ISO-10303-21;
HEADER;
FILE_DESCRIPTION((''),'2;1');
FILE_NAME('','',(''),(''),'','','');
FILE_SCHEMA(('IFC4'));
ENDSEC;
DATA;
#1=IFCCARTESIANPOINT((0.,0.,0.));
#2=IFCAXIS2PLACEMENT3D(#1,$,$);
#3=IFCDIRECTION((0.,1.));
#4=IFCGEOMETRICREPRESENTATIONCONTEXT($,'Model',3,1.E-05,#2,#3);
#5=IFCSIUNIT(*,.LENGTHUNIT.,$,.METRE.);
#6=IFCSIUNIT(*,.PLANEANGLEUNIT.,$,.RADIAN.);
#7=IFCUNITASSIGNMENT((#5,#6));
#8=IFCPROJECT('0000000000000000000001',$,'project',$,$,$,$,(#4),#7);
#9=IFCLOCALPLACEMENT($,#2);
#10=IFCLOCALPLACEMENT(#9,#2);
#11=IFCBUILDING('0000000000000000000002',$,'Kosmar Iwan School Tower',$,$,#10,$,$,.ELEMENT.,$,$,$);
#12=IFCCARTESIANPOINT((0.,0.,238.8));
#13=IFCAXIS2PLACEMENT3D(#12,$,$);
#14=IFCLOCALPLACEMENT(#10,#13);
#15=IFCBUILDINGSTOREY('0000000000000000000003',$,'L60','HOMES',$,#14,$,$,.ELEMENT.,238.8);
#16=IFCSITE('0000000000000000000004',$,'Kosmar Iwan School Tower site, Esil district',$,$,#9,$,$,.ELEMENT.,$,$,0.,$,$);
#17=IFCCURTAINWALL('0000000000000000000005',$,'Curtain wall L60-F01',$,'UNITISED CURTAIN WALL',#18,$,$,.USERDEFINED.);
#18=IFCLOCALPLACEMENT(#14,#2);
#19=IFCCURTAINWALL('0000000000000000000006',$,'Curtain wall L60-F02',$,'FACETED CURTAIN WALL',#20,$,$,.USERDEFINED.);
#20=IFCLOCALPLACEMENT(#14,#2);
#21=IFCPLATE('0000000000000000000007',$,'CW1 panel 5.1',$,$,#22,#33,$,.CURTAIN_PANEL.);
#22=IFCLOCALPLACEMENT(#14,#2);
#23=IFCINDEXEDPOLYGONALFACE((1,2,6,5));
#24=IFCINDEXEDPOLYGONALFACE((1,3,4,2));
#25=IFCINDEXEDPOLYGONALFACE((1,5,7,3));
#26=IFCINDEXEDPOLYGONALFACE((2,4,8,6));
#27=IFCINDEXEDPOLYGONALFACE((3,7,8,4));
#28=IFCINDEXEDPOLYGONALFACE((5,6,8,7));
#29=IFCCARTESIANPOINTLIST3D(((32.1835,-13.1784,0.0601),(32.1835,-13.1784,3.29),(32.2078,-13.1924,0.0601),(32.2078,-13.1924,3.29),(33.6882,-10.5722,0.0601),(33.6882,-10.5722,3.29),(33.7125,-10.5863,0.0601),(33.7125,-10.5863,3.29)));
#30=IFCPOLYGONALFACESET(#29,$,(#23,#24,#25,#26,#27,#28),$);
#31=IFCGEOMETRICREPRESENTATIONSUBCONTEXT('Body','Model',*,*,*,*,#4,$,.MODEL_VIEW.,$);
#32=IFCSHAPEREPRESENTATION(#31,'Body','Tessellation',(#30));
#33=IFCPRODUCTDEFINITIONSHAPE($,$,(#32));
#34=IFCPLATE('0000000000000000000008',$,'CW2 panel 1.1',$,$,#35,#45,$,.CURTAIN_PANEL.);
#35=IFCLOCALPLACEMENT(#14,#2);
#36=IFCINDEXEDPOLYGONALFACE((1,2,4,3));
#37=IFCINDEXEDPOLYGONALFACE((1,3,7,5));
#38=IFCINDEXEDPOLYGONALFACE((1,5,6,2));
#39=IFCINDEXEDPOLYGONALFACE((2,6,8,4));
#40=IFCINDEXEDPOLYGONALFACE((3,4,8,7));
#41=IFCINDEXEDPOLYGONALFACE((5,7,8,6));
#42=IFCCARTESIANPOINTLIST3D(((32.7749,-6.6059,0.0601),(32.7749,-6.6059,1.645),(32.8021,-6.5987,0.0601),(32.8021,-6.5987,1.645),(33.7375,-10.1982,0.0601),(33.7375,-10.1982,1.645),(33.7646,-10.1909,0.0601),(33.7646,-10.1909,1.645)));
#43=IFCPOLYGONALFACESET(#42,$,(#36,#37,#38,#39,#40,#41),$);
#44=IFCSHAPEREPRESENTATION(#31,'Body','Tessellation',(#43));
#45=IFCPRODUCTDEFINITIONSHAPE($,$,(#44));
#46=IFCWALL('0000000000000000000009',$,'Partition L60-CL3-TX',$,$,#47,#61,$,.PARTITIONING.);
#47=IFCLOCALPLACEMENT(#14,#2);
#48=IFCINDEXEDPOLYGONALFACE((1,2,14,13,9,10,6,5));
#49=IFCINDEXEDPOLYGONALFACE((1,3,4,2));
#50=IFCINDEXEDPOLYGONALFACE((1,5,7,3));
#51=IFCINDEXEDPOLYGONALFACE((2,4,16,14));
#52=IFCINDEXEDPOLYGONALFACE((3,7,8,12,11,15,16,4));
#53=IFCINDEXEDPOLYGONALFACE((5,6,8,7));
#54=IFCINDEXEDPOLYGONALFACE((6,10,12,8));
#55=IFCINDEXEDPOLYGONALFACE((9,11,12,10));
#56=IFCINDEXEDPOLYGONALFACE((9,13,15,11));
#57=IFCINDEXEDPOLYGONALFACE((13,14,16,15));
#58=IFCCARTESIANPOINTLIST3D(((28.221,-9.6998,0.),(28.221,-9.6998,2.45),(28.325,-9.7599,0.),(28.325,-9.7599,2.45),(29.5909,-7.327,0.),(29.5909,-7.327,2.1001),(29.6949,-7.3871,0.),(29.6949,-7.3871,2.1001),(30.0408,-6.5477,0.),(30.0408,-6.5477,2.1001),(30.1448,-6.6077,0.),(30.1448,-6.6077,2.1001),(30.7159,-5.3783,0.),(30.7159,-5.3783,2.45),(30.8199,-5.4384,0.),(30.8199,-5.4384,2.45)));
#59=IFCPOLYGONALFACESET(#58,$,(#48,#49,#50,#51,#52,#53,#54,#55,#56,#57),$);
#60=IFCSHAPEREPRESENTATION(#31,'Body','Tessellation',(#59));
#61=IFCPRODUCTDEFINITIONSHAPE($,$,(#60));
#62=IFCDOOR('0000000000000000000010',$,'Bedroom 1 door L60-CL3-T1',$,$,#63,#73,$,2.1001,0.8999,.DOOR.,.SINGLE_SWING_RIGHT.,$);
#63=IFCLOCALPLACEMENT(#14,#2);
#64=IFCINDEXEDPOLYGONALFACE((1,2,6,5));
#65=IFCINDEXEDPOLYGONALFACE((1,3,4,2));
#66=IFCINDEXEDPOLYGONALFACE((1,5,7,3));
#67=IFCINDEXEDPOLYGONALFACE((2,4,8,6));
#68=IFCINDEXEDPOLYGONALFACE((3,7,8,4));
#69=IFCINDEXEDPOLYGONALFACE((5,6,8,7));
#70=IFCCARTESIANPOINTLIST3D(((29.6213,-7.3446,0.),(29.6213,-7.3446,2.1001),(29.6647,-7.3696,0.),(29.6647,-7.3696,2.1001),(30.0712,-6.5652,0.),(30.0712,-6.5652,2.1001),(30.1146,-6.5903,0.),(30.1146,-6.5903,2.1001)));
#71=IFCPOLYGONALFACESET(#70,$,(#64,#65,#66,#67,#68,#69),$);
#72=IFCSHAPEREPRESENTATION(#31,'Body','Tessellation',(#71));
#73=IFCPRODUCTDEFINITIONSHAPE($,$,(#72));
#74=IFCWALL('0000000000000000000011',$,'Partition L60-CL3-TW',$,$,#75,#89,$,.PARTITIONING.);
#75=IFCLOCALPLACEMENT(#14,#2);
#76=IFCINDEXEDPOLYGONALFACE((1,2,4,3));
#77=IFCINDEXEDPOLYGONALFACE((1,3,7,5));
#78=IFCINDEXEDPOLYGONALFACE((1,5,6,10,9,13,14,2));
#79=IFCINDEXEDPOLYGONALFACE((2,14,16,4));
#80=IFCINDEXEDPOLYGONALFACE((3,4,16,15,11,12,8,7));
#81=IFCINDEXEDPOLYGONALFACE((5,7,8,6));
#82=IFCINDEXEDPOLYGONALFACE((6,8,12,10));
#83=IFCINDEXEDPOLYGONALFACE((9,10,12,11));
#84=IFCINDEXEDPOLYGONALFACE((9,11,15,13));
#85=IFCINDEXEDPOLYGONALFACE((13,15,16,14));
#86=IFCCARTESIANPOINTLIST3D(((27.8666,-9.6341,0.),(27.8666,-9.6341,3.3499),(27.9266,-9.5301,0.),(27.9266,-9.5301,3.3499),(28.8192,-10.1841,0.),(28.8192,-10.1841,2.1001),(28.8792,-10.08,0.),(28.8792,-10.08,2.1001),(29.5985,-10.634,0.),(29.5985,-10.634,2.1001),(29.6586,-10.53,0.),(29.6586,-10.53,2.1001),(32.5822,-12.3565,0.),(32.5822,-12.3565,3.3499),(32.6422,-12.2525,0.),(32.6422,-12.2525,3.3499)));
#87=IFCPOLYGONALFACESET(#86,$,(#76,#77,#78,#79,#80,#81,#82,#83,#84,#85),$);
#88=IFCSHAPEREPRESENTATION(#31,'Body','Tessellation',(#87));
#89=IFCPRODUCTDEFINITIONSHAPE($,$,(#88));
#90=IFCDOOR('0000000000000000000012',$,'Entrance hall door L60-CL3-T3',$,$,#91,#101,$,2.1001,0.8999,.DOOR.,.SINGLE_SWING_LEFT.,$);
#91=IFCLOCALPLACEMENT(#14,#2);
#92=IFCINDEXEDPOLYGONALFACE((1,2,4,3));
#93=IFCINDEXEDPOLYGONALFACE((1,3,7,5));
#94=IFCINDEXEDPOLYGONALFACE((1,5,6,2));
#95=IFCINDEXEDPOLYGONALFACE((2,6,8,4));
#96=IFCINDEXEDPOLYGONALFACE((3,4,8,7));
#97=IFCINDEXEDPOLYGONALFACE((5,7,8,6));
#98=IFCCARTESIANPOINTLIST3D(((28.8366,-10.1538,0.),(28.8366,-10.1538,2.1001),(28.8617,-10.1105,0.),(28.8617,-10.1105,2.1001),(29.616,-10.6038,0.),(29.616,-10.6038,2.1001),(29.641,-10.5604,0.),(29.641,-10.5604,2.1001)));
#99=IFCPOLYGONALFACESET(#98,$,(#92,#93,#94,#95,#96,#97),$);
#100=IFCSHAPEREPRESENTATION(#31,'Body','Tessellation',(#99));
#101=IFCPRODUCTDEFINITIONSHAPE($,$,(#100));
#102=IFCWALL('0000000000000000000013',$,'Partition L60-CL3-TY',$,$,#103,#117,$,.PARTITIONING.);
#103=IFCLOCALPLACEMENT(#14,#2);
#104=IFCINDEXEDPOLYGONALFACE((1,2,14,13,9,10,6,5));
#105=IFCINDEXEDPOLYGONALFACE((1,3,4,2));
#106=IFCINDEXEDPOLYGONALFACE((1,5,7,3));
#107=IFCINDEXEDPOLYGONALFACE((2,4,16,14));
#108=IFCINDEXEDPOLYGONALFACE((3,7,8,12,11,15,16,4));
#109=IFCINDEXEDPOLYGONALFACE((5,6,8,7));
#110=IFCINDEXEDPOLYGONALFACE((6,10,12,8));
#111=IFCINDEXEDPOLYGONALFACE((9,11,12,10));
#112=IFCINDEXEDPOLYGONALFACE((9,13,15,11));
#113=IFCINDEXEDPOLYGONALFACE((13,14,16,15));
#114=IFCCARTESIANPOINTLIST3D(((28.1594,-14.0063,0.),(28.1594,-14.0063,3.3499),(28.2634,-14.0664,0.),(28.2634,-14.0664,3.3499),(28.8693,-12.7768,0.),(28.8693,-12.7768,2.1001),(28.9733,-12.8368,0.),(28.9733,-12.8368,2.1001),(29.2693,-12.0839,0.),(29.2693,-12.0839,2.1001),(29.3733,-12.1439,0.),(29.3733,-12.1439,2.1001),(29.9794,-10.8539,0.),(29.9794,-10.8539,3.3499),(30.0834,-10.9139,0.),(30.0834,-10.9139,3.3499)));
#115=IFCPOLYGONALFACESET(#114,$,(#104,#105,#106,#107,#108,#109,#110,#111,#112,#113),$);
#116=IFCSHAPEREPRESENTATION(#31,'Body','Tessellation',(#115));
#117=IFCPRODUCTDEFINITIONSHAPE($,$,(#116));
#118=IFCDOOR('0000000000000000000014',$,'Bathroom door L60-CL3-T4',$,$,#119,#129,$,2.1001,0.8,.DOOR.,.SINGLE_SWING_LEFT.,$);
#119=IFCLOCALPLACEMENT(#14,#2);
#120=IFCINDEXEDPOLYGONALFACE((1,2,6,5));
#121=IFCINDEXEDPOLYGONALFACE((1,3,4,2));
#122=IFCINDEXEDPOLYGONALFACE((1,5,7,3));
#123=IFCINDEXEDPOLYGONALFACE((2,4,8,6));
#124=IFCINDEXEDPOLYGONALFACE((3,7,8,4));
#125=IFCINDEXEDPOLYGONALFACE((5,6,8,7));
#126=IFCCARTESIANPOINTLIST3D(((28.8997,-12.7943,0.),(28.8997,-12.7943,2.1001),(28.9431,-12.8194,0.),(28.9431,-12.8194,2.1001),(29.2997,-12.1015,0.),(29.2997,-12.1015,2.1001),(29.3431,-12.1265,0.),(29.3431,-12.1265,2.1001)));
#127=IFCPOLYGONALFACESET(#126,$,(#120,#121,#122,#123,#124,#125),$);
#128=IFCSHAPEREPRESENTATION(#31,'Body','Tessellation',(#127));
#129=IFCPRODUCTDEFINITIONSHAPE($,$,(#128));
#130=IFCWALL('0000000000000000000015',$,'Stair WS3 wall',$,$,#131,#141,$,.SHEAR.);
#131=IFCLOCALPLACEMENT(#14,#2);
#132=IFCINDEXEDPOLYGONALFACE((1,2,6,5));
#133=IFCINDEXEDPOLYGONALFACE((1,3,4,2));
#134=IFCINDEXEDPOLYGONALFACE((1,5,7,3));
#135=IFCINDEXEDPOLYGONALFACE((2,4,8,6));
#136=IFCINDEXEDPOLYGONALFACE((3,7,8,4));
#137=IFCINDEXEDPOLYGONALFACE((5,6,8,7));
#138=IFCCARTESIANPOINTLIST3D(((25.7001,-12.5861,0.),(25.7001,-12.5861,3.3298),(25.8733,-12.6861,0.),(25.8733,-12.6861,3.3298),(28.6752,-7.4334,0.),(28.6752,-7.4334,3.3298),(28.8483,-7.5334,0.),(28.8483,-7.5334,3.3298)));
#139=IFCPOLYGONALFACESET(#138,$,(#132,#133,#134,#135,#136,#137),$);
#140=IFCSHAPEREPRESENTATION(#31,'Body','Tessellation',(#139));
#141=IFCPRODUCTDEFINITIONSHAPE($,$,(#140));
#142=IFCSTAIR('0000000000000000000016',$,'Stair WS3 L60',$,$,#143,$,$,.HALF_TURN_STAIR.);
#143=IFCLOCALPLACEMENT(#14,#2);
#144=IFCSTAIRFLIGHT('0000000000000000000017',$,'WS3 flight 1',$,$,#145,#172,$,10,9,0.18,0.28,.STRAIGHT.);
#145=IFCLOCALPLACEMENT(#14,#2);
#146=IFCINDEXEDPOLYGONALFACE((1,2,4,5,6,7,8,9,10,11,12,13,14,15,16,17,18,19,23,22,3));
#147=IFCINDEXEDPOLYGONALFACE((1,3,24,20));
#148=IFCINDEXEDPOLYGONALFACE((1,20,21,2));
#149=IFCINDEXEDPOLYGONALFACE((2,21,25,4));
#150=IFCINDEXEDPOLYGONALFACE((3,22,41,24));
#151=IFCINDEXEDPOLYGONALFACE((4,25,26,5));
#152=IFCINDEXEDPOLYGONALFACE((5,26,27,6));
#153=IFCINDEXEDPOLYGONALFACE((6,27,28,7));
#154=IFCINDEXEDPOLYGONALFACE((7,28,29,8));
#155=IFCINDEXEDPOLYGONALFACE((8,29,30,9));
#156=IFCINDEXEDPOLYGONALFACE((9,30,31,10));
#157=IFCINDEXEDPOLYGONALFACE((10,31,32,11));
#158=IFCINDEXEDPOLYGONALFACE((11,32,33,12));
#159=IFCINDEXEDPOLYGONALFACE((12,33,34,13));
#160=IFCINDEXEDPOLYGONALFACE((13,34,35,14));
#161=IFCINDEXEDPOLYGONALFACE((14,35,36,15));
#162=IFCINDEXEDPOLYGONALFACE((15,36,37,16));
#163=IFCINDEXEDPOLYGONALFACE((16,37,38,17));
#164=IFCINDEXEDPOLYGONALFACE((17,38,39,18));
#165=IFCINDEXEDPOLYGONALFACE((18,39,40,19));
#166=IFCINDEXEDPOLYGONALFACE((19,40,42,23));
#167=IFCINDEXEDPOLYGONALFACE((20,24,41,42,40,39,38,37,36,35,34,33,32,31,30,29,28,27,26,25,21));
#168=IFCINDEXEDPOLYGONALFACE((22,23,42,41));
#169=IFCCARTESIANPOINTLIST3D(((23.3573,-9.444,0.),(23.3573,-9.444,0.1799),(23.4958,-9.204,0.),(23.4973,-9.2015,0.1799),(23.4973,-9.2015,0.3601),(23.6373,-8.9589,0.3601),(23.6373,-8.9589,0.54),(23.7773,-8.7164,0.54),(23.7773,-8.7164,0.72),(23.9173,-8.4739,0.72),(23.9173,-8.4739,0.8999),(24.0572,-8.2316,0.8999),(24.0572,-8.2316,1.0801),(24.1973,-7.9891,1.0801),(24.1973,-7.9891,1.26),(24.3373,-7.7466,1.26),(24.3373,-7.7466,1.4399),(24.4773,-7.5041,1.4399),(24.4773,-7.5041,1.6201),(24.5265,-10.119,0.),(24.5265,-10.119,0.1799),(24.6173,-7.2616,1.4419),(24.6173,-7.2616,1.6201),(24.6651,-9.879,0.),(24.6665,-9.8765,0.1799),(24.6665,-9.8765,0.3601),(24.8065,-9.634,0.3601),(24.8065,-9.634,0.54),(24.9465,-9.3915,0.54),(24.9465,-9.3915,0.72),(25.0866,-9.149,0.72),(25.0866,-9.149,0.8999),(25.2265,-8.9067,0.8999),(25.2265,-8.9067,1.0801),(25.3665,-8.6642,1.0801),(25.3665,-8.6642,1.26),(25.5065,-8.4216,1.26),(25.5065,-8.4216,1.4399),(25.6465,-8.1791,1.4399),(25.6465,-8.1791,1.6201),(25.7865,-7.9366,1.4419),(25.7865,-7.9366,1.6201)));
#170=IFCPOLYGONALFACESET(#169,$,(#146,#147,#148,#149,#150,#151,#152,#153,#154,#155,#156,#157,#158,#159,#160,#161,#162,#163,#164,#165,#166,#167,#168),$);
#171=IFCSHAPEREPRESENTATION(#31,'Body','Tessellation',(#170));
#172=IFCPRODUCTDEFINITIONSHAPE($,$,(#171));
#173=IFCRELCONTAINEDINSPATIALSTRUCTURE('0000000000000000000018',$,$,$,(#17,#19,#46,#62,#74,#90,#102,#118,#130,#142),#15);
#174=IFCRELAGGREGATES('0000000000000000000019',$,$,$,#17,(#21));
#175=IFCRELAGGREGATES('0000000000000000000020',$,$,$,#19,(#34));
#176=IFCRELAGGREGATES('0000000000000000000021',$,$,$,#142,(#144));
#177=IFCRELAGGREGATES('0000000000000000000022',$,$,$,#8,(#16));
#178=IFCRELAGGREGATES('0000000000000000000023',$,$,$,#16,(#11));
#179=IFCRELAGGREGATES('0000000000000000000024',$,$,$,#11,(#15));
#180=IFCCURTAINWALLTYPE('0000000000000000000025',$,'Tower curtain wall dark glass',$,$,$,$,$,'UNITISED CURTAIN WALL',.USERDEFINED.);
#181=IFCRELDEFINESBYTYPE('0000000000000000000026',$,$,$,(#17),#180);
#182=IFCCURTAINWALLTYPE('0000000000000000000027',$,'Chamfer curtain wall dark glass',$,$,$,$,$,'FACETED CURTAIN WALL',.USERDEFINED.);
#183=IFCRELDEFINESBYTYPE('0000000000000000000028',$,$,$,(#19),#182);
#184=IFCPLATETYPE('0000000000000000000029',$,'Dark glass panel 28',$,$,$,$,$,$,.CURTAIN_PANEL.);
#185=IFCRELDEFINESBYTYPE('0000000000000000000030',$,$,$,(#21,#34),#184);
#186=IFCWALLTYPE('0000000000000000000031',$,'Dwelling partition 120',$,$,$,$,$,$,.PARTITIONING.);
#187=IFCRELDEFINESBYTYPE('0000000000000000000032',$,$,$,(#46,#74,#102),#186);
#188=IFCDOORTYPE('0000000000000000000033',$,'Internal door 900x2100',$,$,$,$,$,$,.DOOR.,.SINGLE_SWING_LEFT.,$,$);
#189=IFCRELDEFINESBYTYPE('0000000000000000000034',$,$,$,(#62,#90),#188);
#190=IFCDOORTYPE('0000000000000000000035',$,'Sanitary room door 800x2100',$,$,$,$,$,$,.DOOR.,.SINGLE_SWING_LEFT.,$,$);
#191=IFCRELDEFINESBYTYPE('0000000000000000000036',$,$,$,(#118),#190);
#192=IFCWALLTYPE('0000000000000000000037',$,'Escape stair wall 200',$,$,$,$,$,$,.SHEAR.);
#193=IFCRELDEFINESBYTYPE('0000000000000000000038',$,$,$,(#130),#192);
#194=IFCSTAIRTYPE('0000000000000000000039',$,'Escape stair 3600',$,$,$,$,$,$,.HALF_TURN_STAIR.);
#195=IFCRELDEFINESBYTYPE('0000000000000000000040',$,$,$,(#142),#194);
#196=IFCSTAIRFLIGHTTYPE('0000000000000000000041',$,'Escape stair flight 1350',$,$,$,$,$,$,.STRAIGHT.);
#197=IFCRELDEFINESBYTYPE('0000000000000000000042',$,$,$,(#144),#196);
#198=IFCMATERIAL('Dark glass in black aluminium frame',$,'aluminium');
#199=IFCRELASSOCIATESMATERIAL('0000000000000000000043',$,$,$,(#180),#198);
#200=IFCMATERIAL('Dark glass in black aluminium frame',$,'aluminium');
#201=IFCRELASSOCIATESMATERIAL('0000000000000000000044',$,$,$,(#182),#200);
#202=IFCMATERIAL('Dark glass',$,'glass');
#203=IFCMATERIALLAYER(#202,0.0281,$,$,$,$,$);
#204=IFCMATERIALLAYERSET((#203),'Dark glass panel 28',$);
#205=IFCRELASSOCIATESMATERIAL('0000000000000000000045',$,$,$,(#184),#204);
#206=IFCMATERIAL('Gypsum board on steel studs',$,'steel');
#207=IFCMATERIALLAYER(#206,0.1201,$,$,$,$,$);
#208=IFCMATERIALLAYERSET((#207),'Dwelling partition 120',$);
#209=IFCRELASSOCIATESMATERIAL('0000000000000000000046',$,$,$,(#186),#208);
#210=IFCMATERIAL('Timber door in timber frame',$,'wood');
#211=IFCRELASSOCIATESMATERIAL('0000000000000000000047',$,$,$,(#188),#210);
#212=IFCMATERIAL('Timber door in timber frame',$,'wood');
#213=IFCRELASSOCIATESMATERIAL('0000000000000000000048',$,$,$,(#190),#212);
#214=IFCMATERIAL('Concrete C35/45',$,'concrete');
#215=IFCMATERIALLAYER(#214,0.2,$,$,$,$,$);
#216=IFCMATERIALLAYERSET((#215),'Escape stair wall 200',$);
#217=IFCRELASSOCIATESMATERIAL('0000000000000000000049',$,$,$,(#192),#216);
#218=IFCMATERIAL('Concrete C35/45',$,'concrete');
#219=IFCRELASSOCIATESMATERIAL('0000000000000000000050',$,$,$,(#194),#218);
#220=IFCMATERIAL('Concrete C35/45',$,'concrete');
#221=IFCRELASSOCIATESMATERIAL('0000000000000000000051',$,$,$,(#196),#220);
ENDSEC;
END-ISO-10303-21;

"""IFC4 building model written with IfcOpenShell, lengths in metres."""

from ifc_helpers import new_model, si_unit, direction, frame, frame_2d, origin, origin_2d, place, context, subcontext, project, spatial, polyline, rectangle, outline, extrude, material, layer, layer_set, type_object, element, fill, aggregate, save


model = new_model("IFC4")

# Units and contexts
model_context = context("Model", 3, precision=1e-05, world=origin(), true_north=direction((0.0, 1.0)))
body_context = subcontext(model_context, "Body", "Model", "MODEL_VIEW")
ifc_project = project(units=[si_unit("LENGTHUNIT", "METRE"), si_unit("PLANEANGLEUNIT", "RADIAN")], contexts=[model_context])

# Site, building, storey
site_placement = place(None, origin())
site = spatial("IfcSite", under=ifc_project, at=site_placement, Name="Kosmar Iwan School Tower site, Esil district", CompositionType="ELEMENT", RefElevation=0.0)
building_placement = place(site_placement, origin())
building = spatial("IfcBuilding", under=site, at=building_placement, Name="Kosmar Iwan School Tower", CompositionType="ELEMENT")
storey_placement = place(building_placement, frame((0.0, 0.0, 238.8)))
storey = spatial("IfcBuildingStorey", under=building, at=storey_placement, Name="L60", Description="HOMES", CompositionType="ELEMENT", Elevation=238.8)

# Curtain wall
ifc_material_1 = material(Name="Dark glass in black aluminium frame", Category="aluminium")
curtain_wall_type_1 = type_object("IfcCurtainWallType", Name="Tower curtain wall dark glass", ElementType="UNITISED CURTAIN WALL", PredefinedType="USERDEFINED", material=ifc_material_1)
curtain_wall_1_placement = place(storey_placement, origin())
curtain_wall_1 = element("IfcCurtainWall", 1, at=curtain_wall_1_placement, inside=storey, type_object=curtain_wall_type_1, Name="Curtain wall L60-F01", ObjectType="UNITISED CURTAIN WALL", PredefinedType="USERDEFINED")

# Curtain wall
ifc_material_2 = material(Name="Dark glass in black aluminium frame", Category="aluminium")
curtain_wall_type_2 = type_object("IfcCurtainWallType", Name="Chamfer curtain wall dark glass", ElementType="FACETED CURTAIN WALL", PredefinedType="USERDEFINED", material=ifc_material_2)
curtain_wall_2_placement = place(storey_placement, origin())
curtain_wall_2 = element("IfcCurtainWall", 2, at=curtain_wall_2_placement, inside=storey, type_object=curtain_wall_type_2, Name="Curtain wall L60-F02", ObjectType="FACETED CURTAIN WALL", PredefinedType="USERDEFINED")

# Plates
ifc_material_3 = material(Name="Dark glass", Category="glass")
ifc_layer_1 = layer(ifc_material_3, 0.0281)
ifc_layer_set_1 = layer_set([ifc_layer_1], Name="Dark glass panel 28")
plate_type = type_object("IfcPlateType", Name="Dark glass panel 28", PredefinedType="CURTAIN_PANEL", material=ifc_layer_set_1)
plate_1_placement = place(storey_placement, frame((32.948, -11.8823, 0.0601), z_axis=(0.0, 0.0, 1.0), x_axis=(0.5, 0.866025, 0.0)))
plate_1 = element("IfcPlate", 3, at=plate_1_placement, type_object=plate_type, Name="CW1 panel 5.1", PredefinedType="CURTAIN_PANEL", context=body_context, shape_type="SweptSolid", body=[
    extrude(rectangle(XDim=3.0093, YDim=0.0281, at=origin_2d()), origin(), (0.0, 0.0, 1.0), 3.23),
])
aggregate(curtain_wall_1, [plate_1])
plate_2_placement = place(storey_placement, frame((33.2698, -8.3984, 0.0601), z_axis=(0.0, 0.0, 1.0), x_axis=(-0.258819, 0.965926, 0.0)))
plate_2 = element("IfcPlate", 4, at=plate_2_placement, type_object=plate_type, Name="CW2 panel 1.1", PredefinedType="CURTAIN_PANEL", context=body_context, shape_type="SweptSolid", body=[
    extrude(rectangle(XDim=3.719, YDim=0.0281, at=origin_2d()), origin(), (0.0, 0.0, 1.0), 1.585),
])
aggregate(curtain_wall_2, [plate_2])

# Walls, openings, doors
ifc_material_4 = material(Name="Gypsum board on steel studs", Category="steel")
ifc_layer_2 = layer(ifc_material_4, 0.1201)
ifc_layer_set_2 = layer_set([ifc_layer_2], Name="Dwelling partition 120")
wall_type_1 = type_object("IfcWallType", Name="Dwelling partition 120", PredefinedType="PARTITIONING", material=ifc_layer_set_2)
wall_1_placement = place(storey_placement, frame((28.2729, -9.73, 0.0), z_axis=(0.0, 0.0, 1.0), x_axis=(0.499975, 0.86604, 0.0)))
wall_1 = element("IfcWall", 5, at=wall_1_placement, inside=storey, type_object=wall_type_1, Name="Partition L60-CL3-TX", PredefinedType="PARTITIONING", context=body_context, shape_type="SweptSolid", body=[
    extrude(rectangle(XDim=4.99, YDim=0.1201, at=frame_2d((2.4951, 0.0))), origin(), (0.0, 0.0, 1.0), 2.45),
])
opening_1_placement = place(wall_1_placement, frame((2.74, 0.0, 0.0)))
opening_1 = element("IfcOpeningElement", 6, at=opening_1_placement, cuts=wall_1, PredefinedType="OPENING", context=body_context, shape_type="SweptSolid", body=[
    extrude(rectangle(XDim=0.8999, YDim=2.1001, at=frame_2d((0.45, 1.05))), frame((0.0, 0.072, 0.0), z_axis=(0.0, -1.0, 0.0), x_axis=(1.0, 0.0, 0.0)), (0.0, 0.0, 1.0), 0.144),
])
ifc_material_5 = material(Name="Timber door in timber frame", Category="wood")
door_type_1 = type_object("IfcDoorType", Name="Internal door 900x2100", OperationType="SINGLE_SWING_LEFT", PredefinedType="DOOR", material=ifc_material_5)
door_1_placement = place(opening_1_placement, origin())
door_1 = element("IfcDoor", 7, at=door_1_placement, inside=storey, type_object=door_type_1, Name="Bedroom 1 door L60-CL3-T1", OperationType="SINGLE_SWING_RIGHT", OverallHeight=2.1001, OverallWidth=0.8999, PredefinedType="DOOR", context=body_context, shape_type="SweptSolid", body=[
    extrude(rectangle(XDim=0.8999, YDim=2.1001, at=frame_2d((0.45, 1.05))), frame((0.0, 0.0249, 0.0), z_axis=(0.0, -1.0, 0.0), x_axis=(1.0, 0.0, 0.0)), (0.0, 0.0, 1.0), 0.05),
])
fill(opening_1, door_1)
wall_2_placement = place(storey_placement, frame((27.8965, -9.582, 0.0), z_axis=(0.0, 0.0, 1.0), x_axis=(0.866036, -0.499982, 0.0)))
wall_2 = element("IfcWall", 8, at=wall_2_placement, inside=storey, type_object=wall_type_1, Name="Partition L60-CL3-TW", PredefinedType="PARTITIONING", context=body_context, shape_type="SweptSolid", body=[
    extrude(rectangle(XDim=5.4451, YDim=0.1201, at=frame_2d((2.7227, 0.0))), origin(), (0.0, 0.0, 1.0), 3.3499),
])
opening_2_placement = place(wall_2_placement, frame((1.1001, 0.0, 0.0)))
opening_2 = element("IfcOpeningElement", 9, at=opening_2_placement, cuts=wall_2, PredefinedType="OPENING", context=body_context, shape_type="SweptSolid", body=[
    extrude(rectangle(XDim=0.8999, YDim=2.1001, at=frame_2d((0.45, 1.05))), frame((0.0, 0.072, 0.0), z_axis=(0.0, -1.0, 0.0), x_axis=(1.0, 0.0, 0.0)), (0.0, 0.0, 1.0), 0.144),
])
door_2_placement = place(opening_2_placement, origin())
door_2 = element("IfcDoor", 10, at=door_2_placement, inside=storey, type_object=door_type_1, Name="Entrance hall door L60-CL3-T3", OperationType="SINGLE_SWING_LEFT", OverallHeight=2.1001, OverallWidth=0.8999, PredefinedType="DOOR", context=body_context, shape_type="SweptSolid", body=[
    extrude(rectangle(XDim=0.8999, YDim=2.1001, at=frame_2d((0.45, 1.05))), frame((0.0, 0.0249, 0.0), z_axis=(0.0, -1.0, 0.0), x_axis=(1.0, 0.0, 0.0)), (0.0, 0.0, 1.0), 0.05),
])
fill(opening_2, door_2)
wall_3_placement = place(storey_placement, frame((28.2114, -14.0364, 0.0), z_axis=(0.0, 0.0, 1.0), x_axis=(0.499984, 0.866035, 0.0)))
wall_3 = element("IfcWall", 11, at=wall_3_placement, inside=storey, type_object=wall_type_1, Name="Partition L60-CL3-TY", PredefinedType="PARTITIONING", context=body_context, shape_type="SweptSolid", body=[
    extrude(rectangle(XDim=3.6401, YDim=0.1201, at=frame_2d((1.8201, 0.0))), origin(), (0.0, 0.0, 1.0), 3.3499),
])
opening_3_placement = place(wall_3_placement, frame((1.4199, 0.0, 0.0)))
opening_3 = element("IfcOpeningElement", 12, at=opening_3_placement, cuts=wall_3, PredefinedType="OPENING", context=body_context, shape_type="SweptSolid", body=[
    extrude(rectangle(XDim=0.8, YDim=2.1001, at=frame_2d((0.3999, 1.05))), frame((0.0, 0.072, 0.0), z_axis=(0.0, -1.0, 0.0), x_axis=(1.0, 0.0, 0.0)), (0.0, 0.0, 1.0), 0.144),
])
ifc_material_6 = material(Name="Timber door in timber frame", Category="wood")
door_type_2 = type_object("IfcDoorType", Name="Sanitary room door 800x2100", OperationType="SINGLE_SWING_LEFT", PredefinedType="DOOR", material=ifc_material_6)
door_3_placement = place(opening_3_placement, origin())
door_3 = element("IfcDoor", 13, at=door_3_placement, inside=storey, type_object=door_type_2, Name="Bathroom door L60-CL3-T4", OperationType="SINGLE_SWING_LEFT", OverallHeight=2.1001, OverallWidth=0.8, PredefinedType="DOOR", context=body_context, shape_type="SweptSolid", body=[
    extrude(rectangle(XDim=0.8, YDim=2.1001, at=frame_2d((0.3999, 1.05))), frame((0.0, 0.0249, 0.0), z_axis=(0.0, -1.0, 0.0), x_axis=(1.0, 0.0, 0.0)), (0.0, 0.0, 1.0), 0.05),
])
fill(opening_3, door_3)

# Wall
ifc_material_7 = material(Name="Concrete C35/45", Category="concrete")
ifc_layer_3 = layer(ifc_material_7, 0.2)
ifc_layer_set_3 = layer_set([ifc_layer_3], Name="Escape stair wall 200")
wall_type_2 = type_object("IfcWallType", Name="Escape stair wall 200", PredefinedType="SHEAR", material=ifc_layer_set_3)
wall_4_placement = place(storey_placement, frame((25.7866, -12.6362, 0.0), z_axis=(0.0, 0.0, 1.0), x_axis=(0.500014, 0.866017, 0.0)))
element("IfcWall", 14, at=wall_4_placement, inside=storey, type_object=wall_type_2, Name="Stair WS3 wall", PredefinedType="SHEAR", context=body_context, shape_type="SweptSolid", body=[
    extrude(rectangle(XDim=5.95, YDim=0.2, at=frame_2d((2.9751, 0.0))), origin(), (0.0, 0.0, 1.0), 3.3298),
])

# Stair, stair flight
ifc_material_8 = material(Name="Concrete C35/45", Category="concrete")
stair_type = type_object("IfcStairType", Name="Escape stair 3600", PredefinedType="HALF_TURN_STAIR", material=ifc_material_8)
stair_placement = place(storey_placement, origin())
stair = element("IfcStair", 15, at=stair_placement, inside=storey, type_object=stair_type, Name="Stair WS3 L60", PredefinedType="HALF_TURN_STAIR")
ifc_material_9 = material(Name="Concrete C35/45", Category="concrete")
stair_flight_type = type_object("IfcStairFlightType", Name="Escape stair flight 1350", PredefinedType="STRAIGHT", material=ifc_material_9)
stair_flight_1_placement = place(storey_placement, frame((23.9419, -9.7815, 0.0), z_axis=(0.0, 0.0, 1.0), x_axis=(0.5, 0.866025, 0.0)))
stair_flight_1 = element("IfcStairFlight", 16, at=stair_flight_1_placement, type_object=stair_flight_type, Name="WS3 flight 1", NumberOfRisers=10, NumberOfTreads=9, PredefinedType="STRAIGHT", RiserHeight=0.18, TreadLength=0.28, context=body_context, shape_type="SweptSolid", body=[
    extrude(outline(polyline([(0.0, 0.0), (0.0, 0.1799), (0.28, 0.1799), (0.28, 0.3601), (0.5601, 0.3601), (0.5601, 0.54), (0.8401, 0.54), (0.8401, 0.72), (1.1201, 0.72), (1.1201, 0.8999), (1.3999, 0.8999), (1.3999, 1.0801), (1.6799, 1.0801), (1.6799, 1.26), (1.96, 1.26), (1.96, 1.4399), (2.24, 1.4399), (2.24, 1.6201), (2.52, 1.6201), (2.52, 1.8), (2.52, 1.4419), (0.2771, 0.0), (0.0, 0.0)])), frame((0.0, 0.675, 0.0), z_axis=(0.0, -1.0, 0.0), x_axis=(1.0, 0.0, 0.0)), (0.0, 0.0, 1.0), 1.3501),
])
aggregate(stair, [stair_flight_1])

save(model, "model.ifc")
